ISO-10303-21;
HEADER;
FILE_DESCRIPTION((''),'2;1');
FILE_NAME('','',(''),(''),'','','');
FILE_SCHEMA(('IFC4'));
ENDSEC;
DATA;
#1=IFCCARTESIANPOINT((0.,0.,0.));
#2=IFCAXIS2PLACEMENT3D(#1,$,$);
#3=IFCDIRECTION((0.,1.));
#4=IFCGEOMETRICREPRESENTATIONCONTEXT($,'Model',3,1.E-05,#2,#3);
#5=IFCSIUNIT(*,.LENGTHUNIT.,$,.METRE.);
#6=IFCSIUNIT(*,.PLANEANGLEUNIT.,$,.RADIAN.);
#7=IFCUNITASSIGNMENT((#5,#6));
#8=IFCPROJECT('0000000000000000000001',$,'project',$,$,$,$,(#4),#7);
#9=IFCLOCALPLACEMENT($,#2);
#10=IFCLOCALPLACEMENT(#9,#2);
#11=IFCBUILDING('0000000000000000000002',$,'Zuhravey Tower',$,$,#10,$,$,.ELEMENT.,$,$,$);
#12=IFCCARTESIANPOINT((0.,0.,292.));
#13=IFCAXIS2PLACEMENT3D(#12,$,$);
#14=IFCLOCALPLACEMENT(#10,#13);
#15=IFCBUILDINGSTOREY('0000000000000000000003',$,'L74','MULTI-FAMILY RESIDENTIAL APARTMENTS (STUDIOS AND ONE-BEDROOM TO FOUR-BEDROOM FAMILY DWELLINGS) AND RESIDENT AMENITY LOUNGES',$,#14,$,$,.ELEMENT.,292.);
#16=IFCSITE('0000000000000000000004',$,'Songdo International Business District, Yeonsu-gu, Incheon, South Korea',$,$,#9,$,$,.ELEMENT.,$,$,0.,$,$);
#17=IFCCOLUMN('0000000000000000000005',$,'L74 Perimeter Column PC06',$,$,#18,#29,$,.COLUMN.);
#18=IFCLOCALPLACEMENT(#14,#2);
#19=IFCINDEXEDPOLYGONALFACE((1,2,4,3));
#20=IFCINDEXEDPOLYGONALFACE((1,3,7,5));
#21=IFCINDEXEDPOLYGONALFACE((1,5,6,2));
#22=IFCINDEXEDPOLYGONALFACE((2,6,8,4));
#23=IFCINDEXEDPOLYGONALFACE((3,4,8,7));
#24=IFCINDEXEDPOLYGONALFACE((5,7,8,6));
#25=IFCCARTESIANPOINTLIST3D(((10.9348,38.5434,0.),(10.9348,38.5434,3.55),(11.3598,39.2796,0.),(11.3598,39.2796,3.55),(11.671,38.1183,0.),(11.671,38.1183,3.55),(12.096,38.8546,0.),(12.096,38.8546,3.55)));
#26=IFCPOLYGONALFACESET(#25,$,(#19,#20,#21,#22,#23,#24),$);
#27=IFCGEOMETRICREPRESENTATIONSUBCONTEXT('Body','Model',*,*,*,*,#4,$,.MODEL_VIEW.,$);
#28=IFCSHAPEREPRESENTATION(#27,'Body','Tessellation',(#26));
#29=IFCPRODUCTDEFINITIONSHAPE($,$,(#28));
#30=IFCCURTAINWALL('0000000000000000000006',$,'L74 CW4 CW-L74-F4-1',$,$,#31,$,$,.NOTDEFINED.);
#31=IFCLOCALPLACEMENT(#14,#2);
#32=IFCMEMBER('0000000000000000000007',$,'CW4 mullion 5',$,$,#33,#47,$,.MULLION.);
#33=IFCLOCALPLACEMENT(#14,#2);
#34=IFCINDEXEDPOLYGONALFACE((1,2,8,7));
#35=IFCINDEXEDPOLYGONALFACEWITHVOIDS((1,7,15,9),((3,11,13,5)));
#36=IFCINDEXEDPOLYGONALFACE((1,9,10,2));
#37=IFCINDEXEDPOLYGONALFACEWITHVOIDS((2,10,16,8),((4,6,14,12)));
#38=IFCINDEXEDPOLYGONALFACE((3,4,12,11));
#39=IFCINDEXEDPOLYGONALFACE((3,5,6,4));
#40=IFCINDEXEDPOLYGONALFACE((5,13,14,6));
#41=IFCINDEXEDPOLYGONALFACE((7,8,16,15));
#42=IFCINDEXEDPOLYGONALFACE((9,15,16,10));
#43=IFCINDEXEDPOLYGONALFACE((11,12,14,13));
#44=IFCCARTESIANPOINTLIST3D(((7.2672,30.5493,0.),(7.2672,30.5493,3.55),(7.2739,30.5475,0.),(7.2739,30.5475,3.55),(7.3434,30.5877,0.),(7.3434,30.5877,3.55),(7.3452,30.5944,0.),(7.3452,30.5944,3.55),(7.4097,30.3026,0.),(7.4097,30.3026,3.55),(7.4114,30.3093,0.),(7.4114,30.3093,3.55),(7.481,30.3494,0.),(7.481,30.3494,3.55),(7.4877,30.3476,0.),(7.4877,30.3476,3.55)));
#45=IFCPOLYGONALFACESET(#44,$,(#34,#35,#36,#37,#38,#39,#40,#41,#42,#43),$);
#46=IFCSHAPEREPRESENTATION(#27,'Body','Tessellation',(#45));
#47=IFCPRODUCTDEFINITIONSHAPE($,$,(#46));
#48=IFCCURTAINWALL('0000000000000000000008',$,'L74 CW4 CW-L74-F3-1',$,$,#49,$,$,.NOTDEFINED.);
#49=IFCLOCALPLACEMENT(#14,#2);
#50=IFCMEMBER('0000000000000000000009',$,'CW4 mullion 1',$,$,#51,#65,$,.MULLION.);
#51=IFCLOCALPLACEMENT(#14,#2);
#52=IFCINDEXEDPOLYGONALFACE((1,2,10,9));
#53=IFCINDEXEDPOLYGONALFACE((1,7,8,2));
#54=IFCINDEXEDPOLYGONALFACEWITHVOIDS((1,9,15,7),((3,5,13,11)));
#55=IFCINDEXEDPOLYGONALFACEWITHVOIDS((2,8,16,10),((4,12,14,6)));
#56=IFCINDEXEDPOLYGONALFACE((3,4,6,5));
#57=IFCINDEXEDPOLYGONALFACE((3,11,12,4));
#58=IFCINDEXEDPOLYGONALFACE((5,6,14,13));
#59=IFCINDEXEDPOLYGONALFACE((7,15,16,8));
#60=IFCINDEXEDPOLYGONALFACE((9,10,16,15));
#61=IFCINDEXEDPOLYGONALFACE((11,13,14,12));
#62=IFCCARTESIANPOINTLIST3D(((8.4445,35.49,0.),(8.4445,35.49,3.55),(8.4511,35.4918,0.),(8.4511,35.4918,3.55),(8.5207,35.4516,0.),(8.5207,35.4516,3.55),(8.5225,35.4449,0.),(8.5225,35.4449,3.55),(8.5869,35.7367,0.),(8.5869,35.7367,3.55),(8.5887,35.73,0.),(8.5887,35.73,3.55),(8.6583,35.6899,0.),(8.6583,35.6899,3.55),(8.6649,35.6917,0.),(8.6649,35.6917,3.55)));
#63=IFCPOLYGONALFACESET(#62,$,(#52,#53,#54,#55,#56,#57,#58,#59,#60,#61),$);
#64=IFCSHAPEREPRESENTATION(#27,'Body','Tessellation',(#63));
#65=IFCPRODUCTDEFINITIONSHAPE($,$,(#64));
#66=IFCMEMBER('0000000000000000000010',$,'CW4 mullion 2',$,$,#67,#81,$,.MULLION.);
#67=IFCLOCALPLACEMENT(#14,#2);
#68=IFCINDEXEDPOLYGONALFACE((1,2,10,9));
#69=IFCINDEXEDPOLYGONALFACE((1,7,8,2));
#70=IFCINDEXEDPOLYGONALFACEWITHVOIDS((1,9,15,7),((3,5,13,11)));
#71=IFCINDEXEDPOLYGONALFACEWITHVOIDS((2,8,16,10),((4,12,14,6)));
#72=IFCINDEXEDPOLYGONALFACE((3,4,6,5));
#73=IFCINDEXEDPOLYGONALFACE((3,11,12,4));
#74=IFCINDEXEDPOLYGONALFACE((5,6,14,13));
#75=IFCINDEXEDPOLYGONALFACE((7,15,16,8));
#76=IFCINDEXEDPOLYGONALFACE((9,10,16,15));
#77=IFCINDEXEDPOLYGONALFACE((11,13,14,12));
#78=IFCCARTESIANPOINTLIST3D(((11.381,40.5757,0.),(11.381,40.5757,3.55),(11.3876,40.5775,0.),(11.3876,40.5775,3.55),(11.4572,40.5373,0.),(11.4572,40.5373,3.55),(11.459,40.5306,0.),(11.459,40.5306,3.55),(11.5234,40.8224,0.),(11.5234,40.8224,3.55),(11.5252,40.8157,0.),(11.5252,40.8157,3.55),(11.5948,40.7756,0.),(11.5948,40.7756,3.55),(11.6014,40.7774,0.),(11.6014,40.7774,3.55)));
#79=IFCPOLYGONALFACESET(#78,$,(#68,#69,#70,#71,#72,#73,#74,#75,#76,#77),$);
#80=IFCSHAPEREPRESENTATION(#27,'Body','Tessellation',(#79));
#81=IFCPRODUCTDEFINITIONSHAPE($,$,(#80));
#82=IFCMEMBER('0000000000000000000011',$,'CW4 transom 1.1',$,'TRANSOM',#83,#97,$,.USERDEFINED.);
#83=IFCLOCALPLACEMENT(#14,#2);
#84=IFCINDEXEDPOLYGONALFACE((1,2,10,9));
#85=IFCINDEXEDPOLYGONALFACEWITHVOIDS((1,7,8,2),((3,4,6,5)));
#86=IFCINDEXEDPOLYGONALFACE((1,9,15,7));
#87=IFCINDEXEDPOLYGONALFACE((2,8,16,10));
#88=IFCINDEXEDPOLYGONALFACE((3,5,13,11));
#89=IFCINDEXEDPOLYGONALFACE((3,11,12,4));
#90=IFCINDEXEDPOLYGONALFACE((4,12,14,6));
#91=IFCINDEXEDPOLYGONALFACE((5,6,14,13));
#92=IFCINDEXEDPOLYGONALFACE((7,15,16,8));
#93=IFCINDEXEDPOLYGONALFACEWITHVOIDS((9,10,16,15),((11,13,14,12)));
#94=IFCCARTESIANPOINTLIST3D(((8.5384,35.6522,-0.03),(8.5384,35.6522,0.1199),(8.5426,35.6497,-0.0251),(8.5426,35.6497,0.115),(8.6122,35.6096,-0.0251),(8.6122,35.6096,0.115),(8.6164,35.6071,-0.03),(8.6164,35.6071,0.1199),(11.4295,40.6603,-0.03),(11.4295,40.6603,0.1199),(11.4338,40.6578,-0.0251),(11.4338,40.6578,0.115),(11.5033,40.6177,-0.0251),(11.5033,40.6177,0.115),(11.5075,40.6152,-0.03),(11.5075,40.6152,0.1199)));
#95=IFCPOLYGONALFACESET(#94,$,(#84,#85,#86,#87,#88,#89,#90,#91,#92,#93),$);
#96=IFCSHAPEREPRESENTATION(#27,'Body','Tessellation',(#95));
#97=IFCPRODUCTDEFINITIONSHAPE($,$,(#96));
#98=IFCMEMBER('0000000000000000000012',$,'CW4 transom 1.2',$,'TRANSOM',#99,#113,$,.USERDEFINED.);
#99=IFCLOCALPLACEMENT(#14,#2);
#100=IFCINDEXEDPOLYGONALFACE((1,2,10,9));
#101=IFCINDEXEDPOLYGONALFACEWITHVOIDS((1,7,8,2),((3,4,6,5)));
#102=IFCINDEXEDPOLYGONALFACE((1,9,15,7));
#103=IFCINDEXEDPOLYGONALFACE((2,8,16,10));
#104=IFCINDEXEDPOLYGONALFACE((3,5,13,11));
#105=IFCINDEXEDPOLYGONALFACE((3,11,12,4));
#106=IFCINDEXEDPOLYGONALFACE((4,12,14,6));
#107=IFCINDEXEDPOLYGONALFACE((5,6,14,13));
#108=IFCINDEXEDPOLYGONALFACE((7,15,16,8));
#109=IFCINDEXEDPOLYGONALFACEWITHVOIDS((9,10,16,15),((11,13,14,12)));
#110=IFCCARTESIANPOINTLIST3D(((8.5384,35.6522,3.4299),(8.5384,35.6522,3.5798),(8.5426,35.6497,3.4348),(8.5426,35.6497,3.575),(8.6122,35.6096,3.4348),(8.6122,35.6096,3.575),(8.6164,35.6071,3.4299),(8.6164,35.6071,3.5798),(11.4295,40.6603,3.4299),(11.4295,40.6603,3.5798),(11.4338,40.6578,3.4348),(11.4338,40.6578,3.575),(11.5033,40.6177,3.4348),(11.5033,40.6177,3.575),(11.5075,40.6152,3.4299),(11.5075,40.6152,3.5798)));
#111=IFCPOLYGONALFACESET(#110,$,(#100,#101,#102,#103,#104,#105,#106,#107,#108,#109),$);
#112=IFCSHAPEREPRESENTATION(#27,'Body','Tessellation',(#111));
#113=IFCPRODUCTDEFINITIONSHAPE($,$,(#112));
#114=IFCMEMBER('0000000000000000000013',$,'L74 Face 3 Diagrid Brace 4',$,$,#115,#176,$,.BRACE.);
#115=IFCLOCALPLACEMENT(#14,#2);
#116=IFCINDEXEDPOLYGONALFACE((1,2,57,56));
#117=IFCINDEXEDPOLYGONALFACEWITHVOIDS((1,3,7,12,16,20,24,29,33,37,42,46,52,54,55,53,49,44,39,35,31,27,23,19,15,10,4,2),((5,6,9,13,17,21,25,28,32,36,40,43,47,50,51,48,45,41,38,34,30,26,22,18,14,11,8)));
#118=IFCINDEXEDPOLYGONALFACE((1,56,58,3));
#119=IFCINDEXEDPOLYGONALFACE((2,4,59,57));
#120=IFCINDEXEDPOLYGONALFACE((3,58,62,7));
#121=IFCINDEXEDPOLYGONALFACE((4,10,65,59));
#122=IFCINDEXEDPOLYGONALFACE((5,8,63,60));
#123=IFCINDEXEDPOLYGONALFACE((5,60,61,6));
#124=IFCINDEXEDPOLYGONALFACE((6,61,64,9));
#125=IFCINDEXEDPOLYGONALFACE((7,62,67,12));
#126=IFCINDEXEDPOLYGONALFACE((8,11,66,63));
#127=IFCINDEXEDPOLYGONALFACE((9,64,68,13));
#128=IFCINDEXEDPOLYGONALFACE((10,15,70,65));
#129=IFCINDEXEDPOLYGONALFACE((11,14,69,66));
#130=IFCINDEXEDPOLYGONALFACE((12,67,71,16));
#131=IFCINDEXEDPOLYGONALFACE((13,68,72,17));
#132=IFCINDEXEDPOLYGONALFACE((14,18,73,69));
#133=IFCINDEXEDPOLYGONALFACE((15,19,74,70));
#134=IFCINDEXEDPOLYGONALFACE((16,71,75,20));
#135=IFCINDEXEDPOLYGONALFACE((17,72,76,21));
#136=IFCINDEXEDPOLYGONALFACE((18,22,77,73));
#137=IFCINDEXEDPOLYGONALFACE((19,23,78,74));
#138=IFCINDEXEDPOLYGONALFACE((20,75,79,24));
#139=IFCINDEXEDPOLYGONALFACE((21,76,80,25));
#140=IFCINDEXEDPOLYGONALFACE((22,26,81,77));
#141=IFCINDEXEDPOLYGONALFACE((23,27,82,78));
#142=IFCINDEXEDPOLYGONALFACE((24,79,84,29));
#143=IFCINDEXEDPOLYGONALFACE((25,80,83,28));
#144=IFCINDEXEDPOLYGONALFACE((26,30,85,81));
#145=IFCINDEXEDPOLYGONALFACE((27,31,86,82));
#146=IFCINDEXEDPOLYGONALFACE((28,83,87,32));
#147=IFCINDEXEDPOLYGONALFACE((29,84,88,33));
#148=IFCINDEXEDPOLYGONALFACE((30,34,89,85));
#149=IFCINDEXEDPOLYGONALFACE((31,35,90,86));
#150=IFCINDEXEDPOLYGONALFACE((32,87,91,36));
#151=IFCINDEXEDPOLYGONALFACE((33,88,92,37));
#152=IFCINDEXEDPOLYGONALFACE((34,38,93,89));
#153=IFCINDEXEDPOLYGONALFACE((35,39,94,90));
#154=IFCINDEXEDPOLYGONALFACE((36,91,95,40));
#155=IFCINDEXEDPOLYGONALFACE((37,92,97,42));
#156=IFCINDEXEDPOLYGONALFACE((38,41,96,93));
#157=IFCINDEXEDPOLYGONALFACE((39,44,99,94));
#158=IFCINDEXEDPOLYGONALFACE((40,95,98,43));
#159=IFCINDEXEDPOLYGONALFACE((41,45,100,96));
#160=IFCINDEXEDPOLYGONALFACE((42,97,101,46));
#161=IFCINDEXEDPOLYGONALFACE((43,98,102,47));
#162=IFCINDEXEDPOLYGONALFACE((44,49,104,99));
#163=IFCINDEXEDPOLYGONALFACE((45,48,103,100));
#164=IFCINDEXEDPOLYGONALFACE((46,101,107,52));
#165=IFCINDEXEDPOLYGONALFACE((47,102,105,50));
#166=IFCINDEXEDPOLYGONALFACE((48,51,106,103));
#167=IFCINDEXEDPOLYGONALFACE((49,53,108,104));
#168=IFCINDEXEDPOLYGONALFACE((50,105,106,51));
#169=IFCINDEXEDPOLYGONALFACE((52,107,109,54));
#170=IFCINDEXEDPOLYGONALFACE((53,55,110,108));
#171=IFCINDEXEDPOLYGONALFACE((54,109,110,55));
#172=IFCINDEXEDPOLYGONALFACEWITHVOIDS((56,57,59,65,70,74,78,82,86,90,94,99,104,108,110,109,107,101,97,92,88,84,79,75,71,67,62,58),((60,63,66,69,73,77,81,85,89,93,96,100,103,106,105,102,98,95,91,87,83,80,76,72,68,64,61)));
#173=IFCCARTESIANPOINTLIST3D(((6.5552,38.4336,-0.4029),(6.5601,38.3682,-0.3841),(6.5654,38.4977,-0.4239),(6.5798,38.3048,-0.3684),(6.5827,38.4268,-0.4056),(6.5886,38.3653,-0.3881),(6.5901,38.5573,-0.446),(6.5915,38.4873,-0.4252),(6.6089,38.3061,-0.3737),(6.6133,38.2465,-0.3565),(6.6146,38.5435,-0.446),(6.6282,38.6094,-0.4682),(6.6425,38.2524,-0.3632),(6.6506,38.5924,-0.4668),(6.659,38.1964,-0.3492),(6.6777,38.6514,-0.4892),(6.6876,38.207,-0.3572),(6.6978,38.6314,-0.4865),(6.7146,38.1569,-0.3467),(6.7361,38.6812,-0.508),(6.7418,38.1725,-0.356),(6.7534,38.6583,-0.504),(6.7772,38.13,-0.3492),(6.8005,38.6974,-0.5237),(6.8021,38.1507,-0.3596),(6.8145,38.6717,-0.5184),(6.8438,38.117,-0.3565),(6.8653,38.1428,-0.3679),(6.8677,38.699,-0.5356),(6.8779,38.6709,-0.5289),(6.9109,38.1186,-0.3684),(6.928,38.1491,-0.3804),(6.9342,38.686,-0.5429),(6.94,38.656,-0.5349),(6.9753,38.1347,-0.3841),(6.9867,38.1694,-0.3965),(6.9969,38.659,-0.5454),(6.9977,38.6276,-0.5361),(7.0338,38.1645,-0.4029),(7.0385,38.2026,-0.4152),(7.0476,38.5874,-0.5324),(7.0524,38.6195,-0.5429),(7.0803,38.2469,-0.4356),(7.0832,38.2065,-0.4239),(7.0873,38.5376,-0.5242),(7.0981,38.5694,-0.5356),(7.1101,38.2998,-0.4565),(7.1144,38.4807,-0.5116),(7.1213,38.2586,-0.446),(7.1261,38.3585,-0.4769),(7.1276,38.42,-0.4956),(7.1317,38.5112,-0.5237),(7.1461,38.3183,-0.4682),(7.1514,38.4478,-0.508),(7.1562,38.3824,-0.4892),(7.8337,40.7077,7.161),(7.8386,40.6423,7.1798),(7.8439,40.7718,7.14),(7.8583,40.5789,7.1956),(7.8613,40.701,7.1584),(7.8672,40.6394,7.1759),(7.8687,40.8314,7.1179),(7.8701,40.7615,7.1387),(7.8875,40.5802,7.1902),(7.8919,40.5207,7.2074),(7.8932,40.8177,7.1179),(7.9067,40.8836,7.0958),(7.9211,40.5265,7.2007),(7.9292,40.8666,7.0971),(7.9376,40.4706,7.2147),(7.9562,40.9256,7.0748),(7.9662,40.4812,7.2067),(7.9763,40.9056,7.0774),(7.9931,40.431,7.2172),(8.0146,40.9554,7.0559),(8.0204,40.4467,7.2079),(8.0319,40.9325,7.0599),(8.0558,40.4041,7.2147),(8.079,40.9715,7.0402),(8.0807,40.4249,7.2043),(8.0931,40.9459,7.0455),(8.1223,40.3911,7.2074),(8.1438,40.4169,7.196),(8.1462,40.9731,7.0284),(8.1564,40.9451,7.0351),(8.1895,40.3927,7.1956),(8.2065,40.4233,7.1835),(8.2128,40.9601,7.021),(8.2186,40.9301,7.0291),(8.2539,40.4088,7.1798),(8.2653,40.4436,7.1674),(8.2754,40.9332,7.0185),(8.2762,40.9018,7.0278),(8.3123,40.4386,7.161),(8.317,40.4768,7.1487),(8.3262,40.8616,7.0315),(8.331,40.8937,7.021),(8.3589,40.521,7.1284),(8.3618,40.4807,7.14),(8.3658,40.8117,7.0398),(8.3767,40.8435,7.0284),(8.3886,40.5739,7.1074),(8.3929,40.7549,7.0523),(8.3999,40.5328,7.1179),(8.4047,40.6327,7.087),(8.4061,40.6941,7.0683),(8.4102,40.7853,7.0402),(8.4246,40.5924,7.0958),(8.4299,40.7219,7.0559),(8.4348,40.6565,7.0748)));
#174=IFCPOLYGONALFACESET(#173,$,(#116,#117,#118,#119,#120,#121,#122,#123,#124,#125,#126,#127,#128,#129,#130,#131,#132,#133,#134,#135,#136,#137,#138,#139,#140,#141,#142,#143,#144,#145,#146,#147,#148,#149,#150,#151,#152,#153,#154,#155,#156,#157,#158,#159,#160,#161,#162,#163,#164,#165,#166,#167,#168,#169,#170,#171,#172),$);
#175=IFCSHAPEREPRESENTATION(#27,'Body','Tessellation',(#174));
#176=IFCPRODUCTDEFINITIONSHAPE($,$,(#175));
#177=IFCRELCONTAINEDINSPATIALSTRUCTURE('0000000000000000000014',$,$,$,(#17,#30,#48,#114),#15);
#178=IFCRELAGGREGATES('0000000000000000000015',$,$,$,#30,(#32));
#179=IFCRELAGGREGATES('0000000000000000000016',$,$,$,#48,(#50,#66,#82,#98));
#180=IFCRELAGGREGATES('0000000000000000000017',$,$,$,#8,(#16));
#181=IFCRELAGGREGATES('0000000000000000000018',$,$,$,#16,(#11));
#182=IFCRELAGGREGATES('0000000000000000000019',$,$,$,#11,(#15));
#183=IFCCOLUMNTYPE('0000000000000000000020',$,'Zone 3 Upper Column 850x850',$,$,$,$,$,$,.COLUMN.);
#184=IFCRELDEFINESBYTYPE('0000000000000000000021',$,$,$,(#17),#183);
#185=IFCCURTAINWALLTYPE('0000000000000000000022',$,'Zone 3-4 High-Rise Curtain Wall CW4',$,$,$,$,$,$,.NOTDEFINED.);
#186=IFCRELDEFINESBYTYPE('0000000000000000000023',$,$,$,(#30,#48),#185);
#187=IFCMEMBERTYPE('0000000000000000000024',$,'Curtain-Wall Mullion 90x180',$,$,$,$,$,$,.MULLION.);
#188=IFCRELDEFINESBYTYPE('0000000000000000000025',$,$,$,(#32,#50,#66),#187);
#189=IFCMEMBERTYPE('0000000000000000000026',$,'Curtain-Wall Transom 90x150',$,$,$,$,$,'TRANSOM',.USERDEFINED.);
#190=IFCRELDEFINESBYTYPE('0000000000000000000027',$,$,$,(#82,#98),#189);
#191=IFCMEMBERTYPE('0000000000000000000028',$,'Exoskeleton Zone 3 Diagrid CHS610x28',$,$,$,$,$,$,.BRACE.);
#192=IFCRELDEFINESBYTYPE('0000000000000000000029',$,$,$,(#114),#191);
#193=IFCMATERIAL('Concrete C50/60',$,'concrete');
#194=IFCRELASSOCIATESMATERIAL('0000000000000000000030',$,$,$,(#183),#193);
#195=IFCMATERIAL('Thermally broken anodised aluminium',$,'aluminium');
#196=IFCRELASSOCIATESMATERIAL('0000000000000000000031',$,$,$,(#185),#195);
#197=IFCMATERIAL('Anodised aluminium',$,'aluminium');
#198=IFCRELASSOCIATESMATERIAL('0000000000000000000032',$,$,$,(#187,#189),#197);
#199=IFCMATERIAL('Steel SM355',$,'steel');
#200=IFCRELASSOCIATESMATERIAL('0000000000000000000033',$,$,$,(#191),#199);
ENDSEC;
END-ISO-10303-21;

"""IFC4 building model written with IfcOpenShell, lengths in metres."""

from ifc_helpers import new_model, si_unit, direction, frame, origin, origin_2d, place, context, subcontext, project, spatial, rectangle, hollow_rectangle, hollow_circle, extrude, material, material_profile, profile_set, type_object, element, aggregate, save


model = new_model("IFC4")

# Units and contexts
model_context = context("Model", 3, precision=1e-05, world=origin(), true_north=direction((0.0, 1.0)))
body_context = subcontext(model_context, "Body", "Model", "MODEL_VIEW")
ifc_project = project(units=[si_unit("LENGTHUNIT", "METRE"), si_unit("PLANEANGLEUNIT", "RADIAN")], contexts=[model_context])

# Site, building, storey
site_placement = place(None, origin())
site = spatial("IfcSite", under=ifc_project, at=site_placement, Name="Songdo International Business District, Yeonsu-gu, Incheon, South Korea", CompositionType="ELEMENT", RefElevation=0.0)
building_placement = place(site_placement, origin())
building = spatial("IfcBuilding", under=site, at=building_placement, Name="Zuhravey Tower", CompositionType="ELEMENT")
storey_placement = place(building_placement, frame((0.0, 0.0, 292.0)))
storey = spatial("IfcBuildingStorey", under=building, at=storey_placement, Name="L74", Description="MULTI-FAMILY RESIDENTIAL APARTMENTS (STUDIOS AND ONE-BEDROOM TO FOUR-BEDROOM FAMILY DWELLINGS) AND RESIDENT AMENITY LOUNGES", CompositionType="ELEMENT", Elevation=292.0)

# Column
ifc_material_1 = material(Name="Concrete C50/60", Category="concrete")
ifc_material_profile_1 = material_profile(ifc_material_1, rectangle(XDim=0.8501, YDim=0.8501, at=origin_2d()), Name="RC-850x850")
ifc_profile_set_1 = profile_set([ifc_material_profile_1], Name="Concrete C50/60")
column_type = type_object("IfcColumnType", Name="Zone 3 Upper Column 850x850", PredefinedType="COLUMN", material=ifc_profile_set_1)
column_placement = place(storey_placement, frame((11.5154, 38.699, 0.0), z_axis=(0.0, 0.0, 1.0), x_axis=(-0.5, -0.866025, 0.0)))
element("IfcColumn", 1, at=column_placement, inside=storey, type_object=column_type, Name="L74 Perimeter Column PC06", PredefinedType="COLUMN", context=body_context, shape_type="SweptSolid", body=[
    extrude(rectangle(XDim=0.8501, YDim=0.8501, at=origin_2d()), origin(), (0.0, 0.0, 1.0), 3.55),
])

# Curtain wall, member
ifc_material_2 = material(Name="Thermally broken anodised aluminium", Category="aluminium")
curtain_wall_type = type_object("IfcCurtainWallType", Name="Zone 3-4 High-Rise Curtain Wall CW4", PredefinedType="NOTDEFINED", material=ifc_material_2)
curtain_wall_1_placement = place(storey_placement, origin())
curtain_wall_1 = element("IfcCurtainWall", 2, at=curtain_wall_1_placement, inside=storey, type_object=curtain_wall_type, Name="L74 CW4 CW-L74-F4-1", PredefinedType="NOTDEFINED")
ifc_material_3 = material(Name="Anodised aluminium", Category="aluminium")
ifc_material_profile_2 = material_profile(ifc_material_3, hollow_rectangle(XDim=0.0901, YDim=0.2849, WallThickness=0.0049, at=origin_2d()), Name="ALU-RHS-90x285x5")
ifc_profile_set_2 = profile_set([ifc_material_profile_2], Name="Anodised aluminium")
member_type_1 = type_object("IfcMemberType", Name="Curtain-Wall Mullion 90x180", PredefinedType="MULLION", material=ifc_profile_set_2)
member_1_placement = place(storey_placement, frame((7.3774, 30.4485, 0.0), z_axis=(0.0, 0.0, 1.0), x_axis=(-0.866025, -0.500001, 0.0)))
member_1 = element("IfcMember", 3, at=member_1_placement, type_object=member_type_1, Name="CW4 mullion 5", PredefinedType="MULLION", context=body_context, shape_type="SweptSolid", body=[
    extrude(hollow_rectangle(XDim=0.0901, YDim=0.2849, WallThickness=0.0049, at=origin_2d()), origin(), (0.0, 0.0, 1.0), 3.55),
])
aggregate(curtain_wall_1, [member_1])

# Curtain wall, members
curtain_wall_2_placement = place(storey_placement, origin())
curtain_wall_2 = element("IfcCurtainWall", 4, at=curtain_wall_2_placement, inside=storey, type_object=curtain_wall_type, Name="L74 CW4 CW-L74-F3-1", PredefinedType="NOTDEFINED")
member_2_placement = place(storey_placement, frame((8.5547, 35.5908, 0.0), z_axis=(0.0, 0.0, 1.0), x_axis=(-0.866025, 0.500001, 0.0)))
member_2 = element("IfcMember", 5, at=member_2_placement, type_object=member_type_1, Name="CW4 mullion 1", PredefinedType="MULLION", context=body_context, shape_type="SweptSolid", body=[
    extrude(hollow_rectangle(XDim=0.0901, YDim=0.2849, WallThickness=0.0049, at=origin_2d()), origin(), (0.0, 0.0, 1.0), 3.55),
])
member_3_placement = place(storey_placement, frame((11.4912, 40.6765, 0.0), z_axis=(0.0, 0.0, 1.0), x_axis=(-0.866025, 0.500001, 0.0)))
member_3 = element("IfcMember", 6, at=member_3_placement, type_object=member_type_1, Name="CW4 mullion 2", PredefinedType="MULLION", context=body_context, shape_type="SweptSolid", body=[
    extrude(hollow_rectangle(XDim=0.0901, YDim=0.2849, WallThickness=0.0049, at=origin_2d()), origin(), (0.0, 0.0, 1.0), 3.55),
])
ifc_material_profile_3 = material_profile(ifc_material_3, hollow_rectangle(XDim=0.0901, YDim=0.1499, WallThickness=0.0049, at=origin_2d()), Name="ALU-RHS-90x150x5")
ifc_profile_set_3 = profile_set([ifc_material_profile_3], Name="Anodised aluminium")
member_type_2 = type_object("IfcMemberType", Name="Curtain-Wall Transom 90x150", ElementType="TRANSOM", PredefinedType="USERDEFINED", material=ifc_profile_set_3)
member_4_placement = place(storey_placement, frame((8.5774, 35.6296, 0.0449), z_axis=(0.499962, 0.866047, 0.0), x_axis=(-0.866047, 0.499962, 0.0)))
member_4 = element("IfcMember", 7, at=member_4_placement, type_object=member_type_2, Name="CW4 transom 1.1", ObjectType="TRANSOM", PredefinedType="USERDEFINED", context=body_context, shape_type="SweptSolid", body=[
    extrude(hollow_rectangle(XDim=0.0901, YDim=0.1499, WallThickness=0.0049, at=origin_2d()), origin(), (0.0, 0.0, 1.0), 5.7827),
])
member_5_placement = place(storey_placement, frame((8.5774, 35.6296, 3.5049), z_axis=(0.499962, 0.866047, 0.0), x_axis=(-0.866047, 0.499962, 0.0)))
member_5 = element("IfcMember", 8, at=member_5_placement, type_object=member_type_2, Name="CW4 transom 1.2", ObjectType="TRANSOM", PredefinedType="USERDEFINED", context=body_context, shape_type="SweptSolid", body=[
    extrude(hollow_rectangle(XDim=0.0901, YDim=0.1499, WallThickness=0.0049, at=origin_2d()), origin(), (0.0, 0.0, 1.0), 5.7827),
])

# Member
ifc_material_4 = material(Name="Steel SM355", Category="steel")
ifc_material_profile_4 = material_profile(ifc_material_4, hollow_circle(Radius=0.3047, WallThickness=0.0281, at=origin_2d()), Name="CHS-609.6x28")
ifc_profile_set_4 = profile_set([ifc_material_profile_4], Name="Steel SM355")
member_type_3 = type_object("IfcMemberType", Name="Exoskeleton Zone 3 Diagrid CHS610x28", PredefinedType="BRACE", material=ifc_profile_set_4)
member_6_placement = place(storey_placement, frame((6.8557, 38.408, -0.446), z_axis=(0.159795, 0.284227, 0.945347), x_axis=(-0.871683, 0.49007, 0.0)))
element("IfcMember", 9, at=member_6_placement, inside=storey, type_object=member_type_3, Name="L74 Face 3 Diagrid Brace 4", PredefinedType="BRACE", context=body_context, shape_type="SweptSolid", body=[
    extrude(hollow_circle(Radius=0.3047, WallThickness=0.0281, at=origin_2d()), origin(), (0.0, 0.0, 1.0), 8.0012),
])

aggregate(curtain_wall_2, [member_2, member_3, member_4, member_5])

save(model, "model.ifc")
